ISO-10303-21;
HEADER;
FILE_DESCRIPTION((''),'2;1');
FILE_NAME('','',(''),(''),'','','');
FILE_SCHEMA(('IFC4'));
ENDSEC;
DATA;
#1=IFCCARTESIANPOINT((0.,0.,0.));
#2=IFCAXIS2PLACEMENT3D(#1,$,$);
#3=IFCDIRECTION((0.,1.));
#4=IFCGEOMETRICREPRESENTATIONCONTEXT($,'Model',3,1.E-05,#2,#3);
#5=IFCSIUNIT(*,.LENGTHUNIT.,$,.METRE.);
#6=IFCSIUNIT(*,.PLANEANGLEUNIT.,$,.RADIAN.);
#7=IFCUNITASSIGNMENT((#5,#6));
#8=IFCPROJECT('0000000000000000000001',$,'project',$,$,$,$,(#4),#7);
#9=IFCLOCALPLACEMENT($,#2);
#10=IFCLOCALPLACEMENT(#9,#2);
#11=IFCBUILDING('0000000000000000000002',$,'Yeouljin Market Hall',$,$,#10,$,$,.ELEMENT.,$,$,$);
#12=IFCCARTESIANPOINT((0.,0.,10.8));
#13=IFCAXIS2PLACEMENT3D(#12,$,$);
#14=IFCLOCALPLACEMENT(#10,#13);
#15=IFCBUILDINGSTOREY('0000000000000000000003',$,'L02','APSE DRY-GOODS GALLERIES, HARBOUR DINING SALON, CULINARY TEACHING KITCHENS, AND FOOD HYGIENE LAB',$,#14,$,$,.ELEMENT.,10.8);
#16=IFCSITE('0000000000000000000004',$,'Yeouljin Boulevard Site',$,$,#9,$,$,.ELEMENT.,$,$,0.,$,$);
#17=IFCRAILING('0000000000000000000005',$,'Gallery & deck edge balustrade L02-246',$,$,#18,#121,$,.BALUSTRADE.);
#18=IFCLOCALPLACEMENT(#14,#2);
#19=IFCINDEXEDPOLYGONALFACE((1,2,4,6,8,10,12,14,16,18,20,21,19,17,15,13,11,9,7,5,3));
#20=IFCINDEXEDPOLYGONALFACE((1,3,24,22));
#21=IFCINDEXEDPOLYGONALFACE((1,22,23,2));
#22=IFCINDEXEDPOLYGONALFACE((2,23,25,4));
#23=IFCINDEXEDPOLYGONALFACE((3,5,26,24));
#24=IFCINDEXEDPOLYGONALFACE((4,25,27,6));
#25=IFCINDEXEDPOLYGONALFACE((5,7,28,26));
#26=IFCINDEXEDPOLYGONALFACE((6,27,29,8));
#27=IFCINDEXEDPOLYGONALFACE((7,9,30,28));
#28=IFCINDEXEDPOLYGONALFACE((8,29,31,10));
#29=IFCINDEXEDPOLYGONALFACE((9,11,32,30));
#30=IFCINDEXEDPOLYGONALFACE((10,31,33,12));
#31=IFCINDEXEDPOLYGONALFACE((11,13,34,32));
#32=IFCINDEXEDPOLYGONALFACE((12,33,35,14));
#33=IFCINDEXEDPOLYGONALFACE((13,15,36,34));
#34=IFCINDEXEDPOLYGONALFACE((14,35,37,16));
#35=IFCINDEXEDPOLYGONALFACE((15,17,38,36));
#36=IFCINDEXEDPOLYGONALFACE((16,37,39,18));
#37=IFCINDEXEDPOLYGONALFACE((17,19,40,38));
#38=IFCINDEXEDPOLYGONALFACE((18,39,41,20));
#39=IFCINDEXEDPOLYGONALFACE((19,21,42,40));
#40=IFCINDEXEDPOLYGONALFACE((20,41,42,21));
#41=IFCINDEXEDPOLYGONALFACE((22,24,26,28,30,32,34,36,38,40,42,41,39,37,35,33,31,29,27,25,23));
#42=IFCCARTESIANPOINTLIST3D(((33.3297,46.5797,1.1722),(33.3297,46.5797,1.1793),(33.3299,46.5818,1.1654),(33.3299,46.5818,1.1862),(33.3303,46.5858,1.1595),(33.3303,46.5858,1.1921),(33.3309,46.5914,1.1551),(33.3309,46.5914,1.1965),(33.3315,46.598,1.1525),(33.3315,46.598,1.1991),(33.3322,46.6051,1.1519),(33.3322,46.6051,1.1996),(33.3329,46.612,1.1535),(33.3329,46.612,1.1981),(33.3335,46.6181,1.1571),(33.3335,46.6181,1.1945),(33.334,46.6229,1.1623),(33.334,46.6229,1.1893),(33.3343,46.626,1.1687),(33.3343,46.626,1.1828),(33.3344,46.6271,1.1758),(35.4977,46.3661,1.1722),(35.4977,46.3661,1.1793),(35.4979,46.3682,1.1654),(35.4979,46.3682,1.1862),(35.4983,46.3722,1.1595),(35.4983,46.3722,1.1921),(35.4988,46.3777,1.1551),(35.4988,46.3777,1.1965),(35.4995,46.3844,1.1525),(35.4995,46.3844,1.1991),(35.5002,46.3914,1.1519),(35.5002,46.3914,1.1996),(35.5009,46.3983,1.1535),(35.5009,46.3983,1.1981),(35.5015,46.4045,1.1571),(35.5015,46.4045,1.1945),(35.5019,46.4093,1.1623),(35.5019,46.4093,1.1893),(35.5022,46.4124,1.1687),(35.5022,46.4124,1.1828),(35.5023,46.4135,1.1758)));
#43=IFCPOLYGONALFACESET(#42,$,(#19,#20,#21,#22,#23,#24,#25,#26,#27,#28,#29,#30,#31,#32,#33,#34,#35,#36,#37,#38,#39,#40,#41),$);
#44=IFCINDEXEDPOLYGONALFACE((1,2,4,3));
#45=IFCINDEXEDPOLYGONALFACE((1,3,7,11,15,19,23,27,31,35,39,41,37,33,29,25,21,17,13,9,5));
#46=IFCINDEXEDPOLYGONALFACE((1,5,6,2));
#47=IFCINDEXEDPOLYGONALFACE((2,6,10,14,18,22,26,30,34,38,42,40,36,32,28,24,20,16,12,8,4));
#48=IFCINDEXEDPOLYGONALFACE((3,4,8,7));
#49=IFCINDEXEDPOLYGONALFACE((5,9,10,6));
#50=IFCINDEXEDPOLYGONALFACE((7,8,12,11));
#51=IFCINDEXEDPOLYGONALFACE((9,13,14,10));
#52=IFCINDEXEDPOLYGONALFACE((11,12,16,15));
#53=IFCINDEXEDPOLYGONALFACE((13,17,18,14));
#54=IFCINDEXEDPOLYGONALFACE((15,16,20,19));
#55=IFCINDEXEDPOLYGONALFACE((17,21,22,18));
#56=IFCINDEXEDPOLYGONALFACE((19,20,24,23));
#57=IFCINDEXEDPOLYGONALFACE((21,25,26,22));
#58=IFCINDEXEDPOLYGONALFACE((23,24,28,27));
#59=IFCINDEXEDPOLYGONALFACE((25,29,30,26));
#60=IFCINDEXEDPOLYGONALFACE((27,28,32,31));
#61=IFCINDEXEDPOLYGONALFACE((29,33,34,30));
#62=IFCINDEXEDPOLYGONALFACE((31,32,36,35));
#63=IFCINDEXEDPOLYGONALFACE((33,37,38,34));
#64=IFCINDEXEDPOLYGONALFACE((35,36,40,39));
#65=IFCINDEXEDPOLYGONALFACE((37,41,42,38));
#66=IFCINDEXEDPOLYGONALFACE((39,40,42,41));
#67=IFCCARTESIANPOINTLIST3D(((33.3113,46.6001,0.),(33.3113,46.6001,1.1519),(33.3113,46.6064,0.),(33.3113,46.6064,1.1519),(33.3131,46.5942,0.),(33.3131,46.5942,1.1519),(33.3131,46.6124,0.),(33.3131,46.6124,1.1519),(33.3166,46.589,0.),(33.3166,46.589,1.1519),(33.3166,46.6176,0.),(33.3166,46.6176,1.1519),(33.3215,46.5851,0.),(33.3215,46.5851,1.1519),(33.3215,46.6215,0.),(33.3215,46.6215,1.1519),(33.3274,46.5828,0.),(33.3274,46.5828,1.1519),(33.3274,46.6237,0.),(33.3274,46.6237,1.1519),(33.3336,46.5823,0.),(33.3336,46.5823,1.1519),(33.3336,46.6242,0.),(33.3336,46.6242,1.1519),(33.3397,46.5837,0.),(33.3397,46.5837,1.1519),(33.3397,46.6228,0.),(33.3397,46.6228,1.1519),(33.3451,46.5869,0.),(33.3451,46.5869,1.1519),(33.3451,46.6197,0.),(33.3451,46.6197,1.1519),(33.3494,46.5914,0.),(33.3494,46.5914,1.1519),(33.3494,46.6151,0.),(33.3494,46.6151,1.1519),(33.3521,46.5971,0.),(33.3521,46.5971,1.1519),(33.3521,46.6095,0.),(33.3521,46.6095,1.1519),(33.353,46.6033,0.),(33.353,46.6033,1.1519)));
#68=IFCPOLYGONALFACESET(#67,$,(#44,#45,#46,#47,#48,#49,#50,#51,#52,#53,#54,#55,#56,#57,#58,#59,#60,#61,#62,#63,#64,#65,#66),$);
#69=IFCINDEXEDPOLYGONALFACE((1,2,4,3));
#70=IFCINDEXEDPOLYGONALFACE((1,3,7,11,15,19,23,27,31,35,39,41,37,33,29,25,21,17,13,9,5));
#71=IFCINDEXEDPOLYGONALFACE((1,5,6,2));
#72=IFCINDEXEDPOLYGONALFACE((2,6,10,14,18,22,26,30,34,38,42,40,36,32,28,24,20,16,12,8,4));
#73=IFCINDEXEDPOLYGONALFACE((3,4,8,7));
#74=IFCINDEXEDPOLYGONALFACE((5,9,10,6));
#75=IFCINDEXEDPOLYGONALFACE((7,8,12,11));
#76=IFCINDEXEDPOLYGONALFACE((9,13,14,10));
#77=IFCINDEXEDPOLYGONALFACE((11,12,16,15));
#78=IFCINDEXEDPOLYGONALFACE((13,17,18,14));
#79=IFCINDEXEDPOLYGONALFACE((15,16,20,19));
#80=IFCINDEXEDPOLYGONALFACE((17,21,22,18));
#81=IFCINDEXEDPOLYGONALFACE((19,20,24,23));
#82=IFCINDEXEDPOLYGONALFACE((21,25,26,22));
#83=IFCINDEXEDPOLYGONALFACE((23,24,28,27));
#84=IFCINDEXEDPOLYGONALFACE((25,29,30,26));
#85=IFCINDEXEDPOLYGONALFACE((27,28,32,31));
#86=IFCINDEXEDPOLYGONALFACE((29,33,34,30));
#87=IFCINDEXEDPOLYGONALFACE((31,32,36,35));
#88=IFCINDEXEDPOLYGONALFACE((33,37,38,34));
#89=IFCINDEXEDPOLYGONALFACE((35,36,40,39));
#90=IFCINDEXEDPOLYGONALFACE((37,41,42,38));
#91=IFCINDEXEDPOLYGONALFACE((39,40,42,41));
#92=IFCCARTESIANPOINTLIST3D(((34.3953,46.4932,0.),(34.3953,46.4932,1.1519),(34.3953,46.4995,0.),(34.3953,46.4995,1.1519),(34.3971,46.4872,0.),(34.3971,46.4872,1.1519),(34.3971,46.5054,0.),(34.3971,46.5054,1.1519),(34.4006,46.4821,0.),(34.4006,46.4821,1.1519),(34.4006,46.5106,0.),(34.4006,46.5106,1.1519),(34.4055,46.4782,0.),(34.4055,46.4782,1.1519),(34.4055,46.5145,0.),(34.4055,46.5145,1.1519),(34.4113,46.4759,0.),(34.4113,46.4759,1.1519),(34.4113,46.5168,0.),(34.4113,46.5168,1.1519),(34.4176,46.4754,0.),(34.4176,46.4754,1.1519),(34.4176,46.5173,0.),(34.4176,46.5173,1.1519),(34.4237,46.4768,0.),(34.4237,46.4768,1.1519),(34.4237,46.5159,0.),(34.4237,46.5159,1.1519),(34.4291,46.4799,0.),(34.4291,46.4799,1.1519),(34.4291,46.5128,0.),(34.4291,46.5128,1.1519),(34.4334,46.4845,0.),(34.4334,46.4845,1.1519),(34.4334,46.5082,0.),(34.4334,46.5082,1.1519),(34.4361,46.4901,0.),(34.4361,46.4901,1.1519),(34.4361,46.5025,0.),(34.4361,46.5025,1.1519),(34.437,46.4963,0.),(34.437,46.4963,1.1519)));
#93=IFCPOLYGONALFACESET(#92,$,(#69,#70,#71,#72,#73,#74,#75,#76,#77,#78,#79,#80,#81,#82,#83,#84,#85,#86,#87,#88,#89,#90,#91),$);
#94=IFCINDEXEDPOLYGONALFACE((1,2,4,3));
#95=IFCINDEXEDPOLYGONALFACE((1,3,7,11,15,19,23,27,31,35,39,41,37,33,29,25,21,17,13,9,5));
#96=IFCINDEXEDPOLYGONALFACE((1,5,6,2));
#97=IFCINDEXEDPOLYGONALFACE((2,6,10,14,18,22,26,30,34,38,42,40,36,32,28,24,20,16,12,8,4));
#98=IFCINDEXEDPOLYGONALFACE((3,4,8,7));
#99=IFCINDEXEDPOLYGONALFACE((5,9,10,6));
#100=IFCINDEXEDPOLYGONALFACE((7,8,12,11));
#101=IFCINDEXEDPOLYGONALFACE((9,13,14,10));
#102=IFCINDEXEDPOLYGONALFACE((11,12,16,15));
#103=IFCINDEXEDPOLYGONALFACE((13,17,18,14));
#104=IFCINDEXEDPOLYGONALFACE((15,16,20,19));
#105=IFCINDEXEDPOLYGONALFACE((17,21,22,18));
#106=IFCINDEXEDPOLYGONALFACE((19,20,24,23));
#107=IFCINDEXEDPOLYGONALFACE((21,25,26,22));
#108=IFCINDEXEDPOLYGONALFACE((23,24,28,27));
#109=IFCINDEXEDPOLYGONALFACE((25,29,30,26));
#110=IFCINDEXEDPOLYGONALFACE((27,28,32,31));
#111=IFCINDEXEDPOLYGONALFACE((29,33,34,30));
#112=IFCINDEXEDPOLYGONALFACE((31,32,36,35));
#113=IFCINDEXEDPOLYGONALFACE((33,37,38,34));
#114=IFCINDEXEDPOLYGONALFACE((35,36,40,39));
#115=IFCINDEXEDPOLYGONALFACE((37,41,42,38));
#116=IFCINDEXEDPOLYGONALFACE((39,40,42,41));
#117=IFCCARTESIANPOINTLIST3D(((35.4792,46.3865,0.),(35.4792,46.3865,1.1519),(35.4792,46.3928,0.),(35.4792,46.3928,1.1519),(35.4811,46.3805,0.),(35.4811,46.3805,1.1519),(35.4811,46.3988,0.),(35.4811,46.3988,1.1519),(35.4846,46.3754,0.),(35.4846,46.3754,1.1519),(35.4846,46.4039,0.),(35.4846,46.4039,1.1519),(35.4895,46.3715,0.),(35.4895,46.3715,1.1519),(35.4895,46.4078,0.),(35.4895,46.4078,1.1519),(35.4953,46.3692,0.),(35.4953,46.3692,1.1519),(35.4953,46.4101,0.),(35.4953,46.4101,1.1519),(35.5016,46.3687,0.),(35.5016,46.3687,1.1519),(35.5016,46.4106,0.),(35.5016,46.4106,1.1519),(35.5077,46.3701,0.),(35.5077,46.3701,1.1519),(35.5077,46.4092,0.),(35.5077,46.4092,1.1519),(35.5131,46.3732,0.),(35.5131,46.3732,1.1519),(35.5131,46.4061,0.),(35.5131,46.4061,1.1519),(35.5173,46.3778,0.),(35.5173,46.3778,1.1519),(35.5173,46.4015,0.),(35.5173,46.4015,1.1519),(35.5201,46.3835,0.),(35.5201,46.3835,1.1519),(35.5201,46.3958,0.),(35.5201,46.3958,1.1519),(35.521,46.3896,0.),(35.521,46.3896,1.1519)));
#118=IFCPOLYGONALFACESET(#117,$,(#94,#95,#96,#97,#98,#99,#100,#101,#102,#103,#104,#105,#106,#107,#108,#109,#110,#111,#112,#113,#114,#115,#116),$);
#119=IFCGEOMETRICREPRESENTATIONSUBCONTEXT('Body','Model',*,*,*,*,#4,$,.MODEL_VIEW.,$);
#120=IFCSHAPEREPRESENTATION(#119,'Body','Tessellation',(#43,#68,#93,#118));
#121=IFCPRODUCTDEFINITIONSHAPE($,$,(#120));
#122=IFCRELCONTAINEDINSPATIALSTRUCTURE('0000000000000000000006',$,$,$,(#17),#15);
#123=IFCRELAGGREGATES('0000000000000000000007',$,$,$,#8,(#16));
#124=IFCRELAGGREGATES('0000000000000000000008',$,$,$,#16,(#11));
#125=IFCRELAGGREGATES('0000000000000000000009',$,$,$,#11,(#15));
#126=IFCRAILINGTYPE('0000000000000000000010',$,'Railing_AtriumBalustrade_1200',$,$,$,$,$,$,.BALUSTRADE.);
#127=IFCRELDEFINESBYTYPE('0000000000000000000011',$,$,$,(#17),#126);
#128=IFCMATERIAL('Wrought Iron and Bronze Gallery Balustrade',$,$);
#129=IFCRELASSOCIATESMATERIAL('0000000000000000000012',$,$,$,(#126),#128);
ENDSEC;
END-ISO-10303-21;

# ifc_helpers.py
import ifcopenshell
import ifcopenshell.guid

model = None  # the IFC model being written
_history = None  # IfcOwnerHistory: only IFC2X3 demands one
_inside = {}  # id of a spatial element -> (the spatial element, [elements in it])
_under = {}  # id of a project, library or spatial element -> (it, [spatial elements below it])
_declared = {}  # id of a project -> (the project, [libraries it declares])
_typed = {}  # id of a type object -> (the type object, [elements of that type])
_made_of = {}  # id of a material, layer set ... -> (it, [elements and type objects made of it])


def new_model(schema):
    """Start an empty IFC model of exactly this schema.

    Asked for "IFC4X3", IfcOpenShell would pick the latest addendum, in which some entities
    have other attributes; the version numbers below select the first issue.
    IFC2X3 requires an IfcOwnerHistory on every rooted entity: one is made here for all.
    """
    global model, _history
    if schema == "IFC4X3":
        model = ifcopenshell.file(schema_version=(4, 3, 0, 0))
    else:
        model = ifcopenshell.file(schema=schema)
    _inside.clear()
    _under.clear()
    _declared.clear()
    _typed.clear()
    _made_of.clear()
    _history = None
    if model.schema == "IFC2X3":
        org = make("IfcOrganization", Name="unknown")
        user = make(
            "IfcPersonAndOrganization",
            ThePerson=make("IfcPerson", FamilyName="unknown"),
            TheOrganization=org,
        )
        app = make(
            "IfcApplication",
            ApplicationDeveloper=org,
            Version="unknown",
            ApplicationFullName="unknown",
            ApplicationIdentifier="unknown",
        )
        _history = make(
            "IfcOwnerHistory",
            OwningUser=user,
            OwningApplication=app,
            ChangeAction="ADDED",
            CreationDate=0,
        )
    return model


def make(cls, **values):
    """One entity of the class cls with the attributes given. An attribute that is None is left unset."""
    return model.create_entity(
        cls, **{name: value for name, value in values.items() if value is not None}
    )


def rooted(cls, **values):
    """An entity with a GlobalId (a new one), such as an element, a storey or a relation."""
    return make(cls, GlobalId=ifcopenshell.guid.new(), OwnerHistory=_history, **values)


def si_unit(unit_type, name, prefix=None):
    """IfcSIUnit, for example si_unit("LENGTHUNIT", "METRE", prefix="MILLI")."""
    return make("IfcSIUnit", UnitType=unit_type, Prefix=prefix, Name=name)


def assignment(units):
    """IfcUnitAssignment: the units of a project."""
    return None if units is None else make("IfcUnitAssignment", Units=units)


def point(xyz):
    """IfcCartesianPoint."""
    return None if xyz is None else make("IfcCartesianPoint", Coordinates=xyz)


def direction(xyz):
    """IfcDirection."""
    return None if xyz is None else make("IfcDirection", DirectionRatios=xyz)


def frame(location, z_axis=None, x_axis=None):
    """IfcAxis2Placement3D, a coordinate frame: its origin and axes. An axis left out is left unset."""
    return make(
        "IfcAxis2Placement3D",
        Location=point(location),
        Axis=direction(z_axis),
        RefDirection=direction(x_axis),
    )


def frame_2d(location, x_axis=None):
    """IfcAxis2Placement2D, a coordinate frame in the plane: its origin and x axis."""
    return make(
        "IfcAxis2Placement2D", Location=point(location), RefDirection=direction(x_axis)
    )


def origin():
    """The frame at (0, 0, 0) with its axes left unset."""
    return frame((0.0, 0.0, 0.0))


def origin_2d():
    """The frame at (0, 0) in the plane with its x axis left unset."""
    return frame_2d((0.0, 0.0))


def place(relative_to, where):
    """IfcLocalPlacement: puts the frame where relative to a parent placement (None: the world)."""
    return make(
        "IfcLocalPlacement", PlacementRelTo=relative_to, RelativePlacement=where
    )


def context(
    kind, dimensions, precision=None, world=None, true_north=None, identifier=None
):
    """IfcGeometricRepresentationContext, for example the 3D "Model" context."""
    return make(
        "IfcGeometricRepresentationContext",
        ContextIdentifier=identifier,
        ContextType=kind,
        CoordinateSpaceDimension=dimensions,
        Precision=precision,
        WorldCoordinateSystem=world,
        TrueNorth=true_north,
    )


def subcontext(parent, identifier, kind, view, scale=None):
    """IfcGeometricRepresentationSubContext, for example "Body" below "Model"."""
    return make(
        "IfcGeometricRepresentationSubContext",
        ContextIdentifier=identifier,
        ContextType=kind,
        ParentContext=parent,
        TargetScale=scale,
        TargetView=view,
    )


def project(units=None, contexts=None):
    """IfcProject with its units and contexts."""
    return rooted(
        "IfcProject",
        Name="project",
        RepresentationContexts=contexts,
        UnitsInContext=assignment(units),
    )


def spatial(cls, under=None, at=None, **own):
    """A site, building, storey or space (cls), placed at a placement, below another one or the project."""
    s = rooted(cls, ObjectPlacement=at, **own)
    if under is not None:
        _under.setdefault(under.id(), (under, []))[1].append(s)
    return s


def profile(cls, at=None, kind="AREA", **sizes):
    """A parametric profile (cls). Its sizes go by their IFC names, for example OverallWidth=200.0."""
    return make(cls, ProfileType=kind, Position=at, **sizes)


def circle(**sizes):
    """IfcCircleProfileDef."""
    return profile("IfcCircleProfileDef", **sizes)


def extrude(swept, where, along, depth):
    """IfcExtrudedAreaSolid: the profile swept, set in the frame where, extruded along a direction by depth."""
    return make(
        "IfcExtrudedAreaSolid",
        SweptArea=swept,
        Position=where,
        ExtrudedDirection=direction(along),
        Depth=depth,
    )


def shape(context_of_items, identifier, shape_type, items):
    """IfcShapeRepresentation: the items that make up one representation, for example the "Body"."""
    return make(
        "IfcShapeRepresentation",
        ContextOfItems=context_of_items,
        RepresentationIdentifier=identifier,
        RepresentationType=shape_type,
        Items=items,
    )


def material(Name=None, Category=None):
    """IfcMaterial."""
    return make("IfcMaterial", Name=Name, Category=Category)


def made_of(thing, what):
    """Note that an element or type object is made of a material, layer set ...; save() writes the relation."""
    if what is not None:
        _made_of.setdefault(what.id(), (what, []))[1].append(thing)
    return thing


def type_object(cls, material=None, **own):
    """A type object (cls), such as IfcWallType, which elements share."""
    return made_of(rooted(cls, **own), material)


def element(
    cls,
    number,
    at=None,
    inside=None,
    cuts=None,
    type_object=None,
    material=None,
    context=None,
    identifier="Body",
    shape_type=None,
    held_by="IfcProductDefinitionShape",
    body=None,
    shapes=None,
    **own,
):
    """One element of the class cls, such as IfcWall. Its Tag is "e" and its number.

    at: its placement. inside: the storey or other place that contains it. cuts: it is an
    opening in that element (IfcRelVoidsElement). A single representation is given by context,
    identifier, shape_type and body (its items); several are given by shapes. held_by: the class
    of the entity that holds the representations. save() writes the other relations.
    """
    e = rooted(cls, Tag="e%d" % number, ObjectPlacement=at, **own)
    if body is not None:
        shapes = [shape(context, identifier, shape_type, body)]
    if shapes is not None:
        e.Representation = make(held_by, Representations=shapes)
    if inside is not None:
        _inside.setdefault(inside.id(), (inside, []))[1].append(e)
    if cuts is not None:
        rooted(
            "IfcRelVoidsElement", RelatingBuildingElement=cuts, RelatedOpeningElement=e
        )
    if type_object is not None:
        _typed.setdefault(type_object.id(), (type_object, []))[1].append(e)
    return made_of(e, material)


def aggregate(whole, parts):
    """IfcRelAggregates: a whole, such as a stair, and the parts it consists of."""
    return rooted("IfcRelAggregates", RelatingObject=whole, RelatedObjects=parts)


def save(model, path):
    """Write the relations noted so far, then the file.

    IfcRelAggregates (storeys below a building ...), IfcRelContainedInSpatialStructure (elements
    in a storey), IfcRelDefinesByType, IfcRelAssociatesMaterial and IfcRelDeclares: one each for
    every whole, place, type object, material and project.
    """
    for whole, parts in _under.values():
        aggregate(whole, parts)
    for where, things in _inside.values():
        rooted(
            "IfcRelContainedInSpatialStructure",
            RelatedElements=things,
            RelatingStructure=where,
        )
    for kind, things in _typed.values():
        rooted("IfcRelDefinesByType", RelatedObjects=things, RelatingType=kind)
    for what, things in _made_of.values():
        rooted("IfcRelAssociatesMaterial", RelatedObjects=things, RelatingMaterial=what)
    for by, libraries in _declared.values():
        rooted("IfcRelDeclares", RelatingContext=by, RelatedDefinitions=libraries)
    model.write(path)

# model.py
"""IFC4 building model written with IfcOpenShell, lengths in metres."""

from ifc_helpers import new_model, si_unit, direction, frame, origin, origin_2d, place, context, subcontext, project, spatial, circle, extrude, material, type_object, element, save


model = new_model("IFC4")

# Units and contexts
model_context = context("Model", 3, precision=1e-05, world=origin(), true_north=direction((0.0, 1.0)))
body_context = subcontext(model_context, "Body", "Model", "MODEL_VIEW")
ifc_project = project(units=[si_unit("LENGTHUNIT", "METRE"), si_unit("PLANEANGLEUNIT", "RADIAN")], contexts=[model_context])

# Site, building, storey
site_placement = place(None, origin())
site = spatial("IfcSite", under=ifc_project, at=site_placement, Name="Yeouljin Boulevard Site", CompositionType="ELEMENT", RefElevation=0.0)
building_placement = place(site_placement, origin())
building = spatial("IfcBuilding", under=site, at=building_placement, Name="Yeouljin Market Hall", CompositionType="ELEMENT")
storey_placement = place(building_placement, frame((0.0, 0.0, 10.8)))
storey = spatial("IfcBuildingStorey", under=building, at=storey_placement, Name="L02", Description="APSE DRY-GOODS GALLERIES, HARBOUR DINING SALON, CULINARY TEACHING KITCHENS, AND FOOD HYGIENE LAB", CompositionType="ELEMENT", Elevation=10.8)

# Railing
ifc_material_1 = material(Name="Wrought Iron and Bronze Gallery Balustrade")
railing_type = type_object("IfcRailingType", Name="Railing_AtriumBalustrade_1200", PredefinedType="BALUSTRADE", material=ifc_material_1)
railing_1_placement = place(storey_placement, frame((33.332, 46.6033, 0.0)))
element("IfcRailing", 1, at=railing_1_placement, inside=storey, type_object=railing_type, Name="Gallery & deck edge balustrade L02-246", PredefinedType="BALUSTRADE", context=body_context, shape_type="SweptSolid", body=[
    extrude(circle(Radius=0.0239, at=origin_2d()), frame((0.0, 0.0, 1.1758), z_axis=(0.99518, -0.098061, 0.0), x_axis=(0.098061, 0.99518, 0.0)), (0.0, 0.0, 1.0), 2.1785),
    extrude(circle(Radius=0.021, at=origin_2d()), origin(), (0.0, 0.0, 1.0), 1.1519),
    extrude(circle(Radius=0.021, at=origin_2d()), frame((1.084, -0.1069, 0.0)), (0.0, 0.0, 1.0), 1.1519),
    extrude(circle(Radius=0.021, at=origin_2d()), frame((2.168, -0.2136, 0.0)), (0.0, 0.0, 1.0), 1.1519),
])

save(model, "model.ifc")
